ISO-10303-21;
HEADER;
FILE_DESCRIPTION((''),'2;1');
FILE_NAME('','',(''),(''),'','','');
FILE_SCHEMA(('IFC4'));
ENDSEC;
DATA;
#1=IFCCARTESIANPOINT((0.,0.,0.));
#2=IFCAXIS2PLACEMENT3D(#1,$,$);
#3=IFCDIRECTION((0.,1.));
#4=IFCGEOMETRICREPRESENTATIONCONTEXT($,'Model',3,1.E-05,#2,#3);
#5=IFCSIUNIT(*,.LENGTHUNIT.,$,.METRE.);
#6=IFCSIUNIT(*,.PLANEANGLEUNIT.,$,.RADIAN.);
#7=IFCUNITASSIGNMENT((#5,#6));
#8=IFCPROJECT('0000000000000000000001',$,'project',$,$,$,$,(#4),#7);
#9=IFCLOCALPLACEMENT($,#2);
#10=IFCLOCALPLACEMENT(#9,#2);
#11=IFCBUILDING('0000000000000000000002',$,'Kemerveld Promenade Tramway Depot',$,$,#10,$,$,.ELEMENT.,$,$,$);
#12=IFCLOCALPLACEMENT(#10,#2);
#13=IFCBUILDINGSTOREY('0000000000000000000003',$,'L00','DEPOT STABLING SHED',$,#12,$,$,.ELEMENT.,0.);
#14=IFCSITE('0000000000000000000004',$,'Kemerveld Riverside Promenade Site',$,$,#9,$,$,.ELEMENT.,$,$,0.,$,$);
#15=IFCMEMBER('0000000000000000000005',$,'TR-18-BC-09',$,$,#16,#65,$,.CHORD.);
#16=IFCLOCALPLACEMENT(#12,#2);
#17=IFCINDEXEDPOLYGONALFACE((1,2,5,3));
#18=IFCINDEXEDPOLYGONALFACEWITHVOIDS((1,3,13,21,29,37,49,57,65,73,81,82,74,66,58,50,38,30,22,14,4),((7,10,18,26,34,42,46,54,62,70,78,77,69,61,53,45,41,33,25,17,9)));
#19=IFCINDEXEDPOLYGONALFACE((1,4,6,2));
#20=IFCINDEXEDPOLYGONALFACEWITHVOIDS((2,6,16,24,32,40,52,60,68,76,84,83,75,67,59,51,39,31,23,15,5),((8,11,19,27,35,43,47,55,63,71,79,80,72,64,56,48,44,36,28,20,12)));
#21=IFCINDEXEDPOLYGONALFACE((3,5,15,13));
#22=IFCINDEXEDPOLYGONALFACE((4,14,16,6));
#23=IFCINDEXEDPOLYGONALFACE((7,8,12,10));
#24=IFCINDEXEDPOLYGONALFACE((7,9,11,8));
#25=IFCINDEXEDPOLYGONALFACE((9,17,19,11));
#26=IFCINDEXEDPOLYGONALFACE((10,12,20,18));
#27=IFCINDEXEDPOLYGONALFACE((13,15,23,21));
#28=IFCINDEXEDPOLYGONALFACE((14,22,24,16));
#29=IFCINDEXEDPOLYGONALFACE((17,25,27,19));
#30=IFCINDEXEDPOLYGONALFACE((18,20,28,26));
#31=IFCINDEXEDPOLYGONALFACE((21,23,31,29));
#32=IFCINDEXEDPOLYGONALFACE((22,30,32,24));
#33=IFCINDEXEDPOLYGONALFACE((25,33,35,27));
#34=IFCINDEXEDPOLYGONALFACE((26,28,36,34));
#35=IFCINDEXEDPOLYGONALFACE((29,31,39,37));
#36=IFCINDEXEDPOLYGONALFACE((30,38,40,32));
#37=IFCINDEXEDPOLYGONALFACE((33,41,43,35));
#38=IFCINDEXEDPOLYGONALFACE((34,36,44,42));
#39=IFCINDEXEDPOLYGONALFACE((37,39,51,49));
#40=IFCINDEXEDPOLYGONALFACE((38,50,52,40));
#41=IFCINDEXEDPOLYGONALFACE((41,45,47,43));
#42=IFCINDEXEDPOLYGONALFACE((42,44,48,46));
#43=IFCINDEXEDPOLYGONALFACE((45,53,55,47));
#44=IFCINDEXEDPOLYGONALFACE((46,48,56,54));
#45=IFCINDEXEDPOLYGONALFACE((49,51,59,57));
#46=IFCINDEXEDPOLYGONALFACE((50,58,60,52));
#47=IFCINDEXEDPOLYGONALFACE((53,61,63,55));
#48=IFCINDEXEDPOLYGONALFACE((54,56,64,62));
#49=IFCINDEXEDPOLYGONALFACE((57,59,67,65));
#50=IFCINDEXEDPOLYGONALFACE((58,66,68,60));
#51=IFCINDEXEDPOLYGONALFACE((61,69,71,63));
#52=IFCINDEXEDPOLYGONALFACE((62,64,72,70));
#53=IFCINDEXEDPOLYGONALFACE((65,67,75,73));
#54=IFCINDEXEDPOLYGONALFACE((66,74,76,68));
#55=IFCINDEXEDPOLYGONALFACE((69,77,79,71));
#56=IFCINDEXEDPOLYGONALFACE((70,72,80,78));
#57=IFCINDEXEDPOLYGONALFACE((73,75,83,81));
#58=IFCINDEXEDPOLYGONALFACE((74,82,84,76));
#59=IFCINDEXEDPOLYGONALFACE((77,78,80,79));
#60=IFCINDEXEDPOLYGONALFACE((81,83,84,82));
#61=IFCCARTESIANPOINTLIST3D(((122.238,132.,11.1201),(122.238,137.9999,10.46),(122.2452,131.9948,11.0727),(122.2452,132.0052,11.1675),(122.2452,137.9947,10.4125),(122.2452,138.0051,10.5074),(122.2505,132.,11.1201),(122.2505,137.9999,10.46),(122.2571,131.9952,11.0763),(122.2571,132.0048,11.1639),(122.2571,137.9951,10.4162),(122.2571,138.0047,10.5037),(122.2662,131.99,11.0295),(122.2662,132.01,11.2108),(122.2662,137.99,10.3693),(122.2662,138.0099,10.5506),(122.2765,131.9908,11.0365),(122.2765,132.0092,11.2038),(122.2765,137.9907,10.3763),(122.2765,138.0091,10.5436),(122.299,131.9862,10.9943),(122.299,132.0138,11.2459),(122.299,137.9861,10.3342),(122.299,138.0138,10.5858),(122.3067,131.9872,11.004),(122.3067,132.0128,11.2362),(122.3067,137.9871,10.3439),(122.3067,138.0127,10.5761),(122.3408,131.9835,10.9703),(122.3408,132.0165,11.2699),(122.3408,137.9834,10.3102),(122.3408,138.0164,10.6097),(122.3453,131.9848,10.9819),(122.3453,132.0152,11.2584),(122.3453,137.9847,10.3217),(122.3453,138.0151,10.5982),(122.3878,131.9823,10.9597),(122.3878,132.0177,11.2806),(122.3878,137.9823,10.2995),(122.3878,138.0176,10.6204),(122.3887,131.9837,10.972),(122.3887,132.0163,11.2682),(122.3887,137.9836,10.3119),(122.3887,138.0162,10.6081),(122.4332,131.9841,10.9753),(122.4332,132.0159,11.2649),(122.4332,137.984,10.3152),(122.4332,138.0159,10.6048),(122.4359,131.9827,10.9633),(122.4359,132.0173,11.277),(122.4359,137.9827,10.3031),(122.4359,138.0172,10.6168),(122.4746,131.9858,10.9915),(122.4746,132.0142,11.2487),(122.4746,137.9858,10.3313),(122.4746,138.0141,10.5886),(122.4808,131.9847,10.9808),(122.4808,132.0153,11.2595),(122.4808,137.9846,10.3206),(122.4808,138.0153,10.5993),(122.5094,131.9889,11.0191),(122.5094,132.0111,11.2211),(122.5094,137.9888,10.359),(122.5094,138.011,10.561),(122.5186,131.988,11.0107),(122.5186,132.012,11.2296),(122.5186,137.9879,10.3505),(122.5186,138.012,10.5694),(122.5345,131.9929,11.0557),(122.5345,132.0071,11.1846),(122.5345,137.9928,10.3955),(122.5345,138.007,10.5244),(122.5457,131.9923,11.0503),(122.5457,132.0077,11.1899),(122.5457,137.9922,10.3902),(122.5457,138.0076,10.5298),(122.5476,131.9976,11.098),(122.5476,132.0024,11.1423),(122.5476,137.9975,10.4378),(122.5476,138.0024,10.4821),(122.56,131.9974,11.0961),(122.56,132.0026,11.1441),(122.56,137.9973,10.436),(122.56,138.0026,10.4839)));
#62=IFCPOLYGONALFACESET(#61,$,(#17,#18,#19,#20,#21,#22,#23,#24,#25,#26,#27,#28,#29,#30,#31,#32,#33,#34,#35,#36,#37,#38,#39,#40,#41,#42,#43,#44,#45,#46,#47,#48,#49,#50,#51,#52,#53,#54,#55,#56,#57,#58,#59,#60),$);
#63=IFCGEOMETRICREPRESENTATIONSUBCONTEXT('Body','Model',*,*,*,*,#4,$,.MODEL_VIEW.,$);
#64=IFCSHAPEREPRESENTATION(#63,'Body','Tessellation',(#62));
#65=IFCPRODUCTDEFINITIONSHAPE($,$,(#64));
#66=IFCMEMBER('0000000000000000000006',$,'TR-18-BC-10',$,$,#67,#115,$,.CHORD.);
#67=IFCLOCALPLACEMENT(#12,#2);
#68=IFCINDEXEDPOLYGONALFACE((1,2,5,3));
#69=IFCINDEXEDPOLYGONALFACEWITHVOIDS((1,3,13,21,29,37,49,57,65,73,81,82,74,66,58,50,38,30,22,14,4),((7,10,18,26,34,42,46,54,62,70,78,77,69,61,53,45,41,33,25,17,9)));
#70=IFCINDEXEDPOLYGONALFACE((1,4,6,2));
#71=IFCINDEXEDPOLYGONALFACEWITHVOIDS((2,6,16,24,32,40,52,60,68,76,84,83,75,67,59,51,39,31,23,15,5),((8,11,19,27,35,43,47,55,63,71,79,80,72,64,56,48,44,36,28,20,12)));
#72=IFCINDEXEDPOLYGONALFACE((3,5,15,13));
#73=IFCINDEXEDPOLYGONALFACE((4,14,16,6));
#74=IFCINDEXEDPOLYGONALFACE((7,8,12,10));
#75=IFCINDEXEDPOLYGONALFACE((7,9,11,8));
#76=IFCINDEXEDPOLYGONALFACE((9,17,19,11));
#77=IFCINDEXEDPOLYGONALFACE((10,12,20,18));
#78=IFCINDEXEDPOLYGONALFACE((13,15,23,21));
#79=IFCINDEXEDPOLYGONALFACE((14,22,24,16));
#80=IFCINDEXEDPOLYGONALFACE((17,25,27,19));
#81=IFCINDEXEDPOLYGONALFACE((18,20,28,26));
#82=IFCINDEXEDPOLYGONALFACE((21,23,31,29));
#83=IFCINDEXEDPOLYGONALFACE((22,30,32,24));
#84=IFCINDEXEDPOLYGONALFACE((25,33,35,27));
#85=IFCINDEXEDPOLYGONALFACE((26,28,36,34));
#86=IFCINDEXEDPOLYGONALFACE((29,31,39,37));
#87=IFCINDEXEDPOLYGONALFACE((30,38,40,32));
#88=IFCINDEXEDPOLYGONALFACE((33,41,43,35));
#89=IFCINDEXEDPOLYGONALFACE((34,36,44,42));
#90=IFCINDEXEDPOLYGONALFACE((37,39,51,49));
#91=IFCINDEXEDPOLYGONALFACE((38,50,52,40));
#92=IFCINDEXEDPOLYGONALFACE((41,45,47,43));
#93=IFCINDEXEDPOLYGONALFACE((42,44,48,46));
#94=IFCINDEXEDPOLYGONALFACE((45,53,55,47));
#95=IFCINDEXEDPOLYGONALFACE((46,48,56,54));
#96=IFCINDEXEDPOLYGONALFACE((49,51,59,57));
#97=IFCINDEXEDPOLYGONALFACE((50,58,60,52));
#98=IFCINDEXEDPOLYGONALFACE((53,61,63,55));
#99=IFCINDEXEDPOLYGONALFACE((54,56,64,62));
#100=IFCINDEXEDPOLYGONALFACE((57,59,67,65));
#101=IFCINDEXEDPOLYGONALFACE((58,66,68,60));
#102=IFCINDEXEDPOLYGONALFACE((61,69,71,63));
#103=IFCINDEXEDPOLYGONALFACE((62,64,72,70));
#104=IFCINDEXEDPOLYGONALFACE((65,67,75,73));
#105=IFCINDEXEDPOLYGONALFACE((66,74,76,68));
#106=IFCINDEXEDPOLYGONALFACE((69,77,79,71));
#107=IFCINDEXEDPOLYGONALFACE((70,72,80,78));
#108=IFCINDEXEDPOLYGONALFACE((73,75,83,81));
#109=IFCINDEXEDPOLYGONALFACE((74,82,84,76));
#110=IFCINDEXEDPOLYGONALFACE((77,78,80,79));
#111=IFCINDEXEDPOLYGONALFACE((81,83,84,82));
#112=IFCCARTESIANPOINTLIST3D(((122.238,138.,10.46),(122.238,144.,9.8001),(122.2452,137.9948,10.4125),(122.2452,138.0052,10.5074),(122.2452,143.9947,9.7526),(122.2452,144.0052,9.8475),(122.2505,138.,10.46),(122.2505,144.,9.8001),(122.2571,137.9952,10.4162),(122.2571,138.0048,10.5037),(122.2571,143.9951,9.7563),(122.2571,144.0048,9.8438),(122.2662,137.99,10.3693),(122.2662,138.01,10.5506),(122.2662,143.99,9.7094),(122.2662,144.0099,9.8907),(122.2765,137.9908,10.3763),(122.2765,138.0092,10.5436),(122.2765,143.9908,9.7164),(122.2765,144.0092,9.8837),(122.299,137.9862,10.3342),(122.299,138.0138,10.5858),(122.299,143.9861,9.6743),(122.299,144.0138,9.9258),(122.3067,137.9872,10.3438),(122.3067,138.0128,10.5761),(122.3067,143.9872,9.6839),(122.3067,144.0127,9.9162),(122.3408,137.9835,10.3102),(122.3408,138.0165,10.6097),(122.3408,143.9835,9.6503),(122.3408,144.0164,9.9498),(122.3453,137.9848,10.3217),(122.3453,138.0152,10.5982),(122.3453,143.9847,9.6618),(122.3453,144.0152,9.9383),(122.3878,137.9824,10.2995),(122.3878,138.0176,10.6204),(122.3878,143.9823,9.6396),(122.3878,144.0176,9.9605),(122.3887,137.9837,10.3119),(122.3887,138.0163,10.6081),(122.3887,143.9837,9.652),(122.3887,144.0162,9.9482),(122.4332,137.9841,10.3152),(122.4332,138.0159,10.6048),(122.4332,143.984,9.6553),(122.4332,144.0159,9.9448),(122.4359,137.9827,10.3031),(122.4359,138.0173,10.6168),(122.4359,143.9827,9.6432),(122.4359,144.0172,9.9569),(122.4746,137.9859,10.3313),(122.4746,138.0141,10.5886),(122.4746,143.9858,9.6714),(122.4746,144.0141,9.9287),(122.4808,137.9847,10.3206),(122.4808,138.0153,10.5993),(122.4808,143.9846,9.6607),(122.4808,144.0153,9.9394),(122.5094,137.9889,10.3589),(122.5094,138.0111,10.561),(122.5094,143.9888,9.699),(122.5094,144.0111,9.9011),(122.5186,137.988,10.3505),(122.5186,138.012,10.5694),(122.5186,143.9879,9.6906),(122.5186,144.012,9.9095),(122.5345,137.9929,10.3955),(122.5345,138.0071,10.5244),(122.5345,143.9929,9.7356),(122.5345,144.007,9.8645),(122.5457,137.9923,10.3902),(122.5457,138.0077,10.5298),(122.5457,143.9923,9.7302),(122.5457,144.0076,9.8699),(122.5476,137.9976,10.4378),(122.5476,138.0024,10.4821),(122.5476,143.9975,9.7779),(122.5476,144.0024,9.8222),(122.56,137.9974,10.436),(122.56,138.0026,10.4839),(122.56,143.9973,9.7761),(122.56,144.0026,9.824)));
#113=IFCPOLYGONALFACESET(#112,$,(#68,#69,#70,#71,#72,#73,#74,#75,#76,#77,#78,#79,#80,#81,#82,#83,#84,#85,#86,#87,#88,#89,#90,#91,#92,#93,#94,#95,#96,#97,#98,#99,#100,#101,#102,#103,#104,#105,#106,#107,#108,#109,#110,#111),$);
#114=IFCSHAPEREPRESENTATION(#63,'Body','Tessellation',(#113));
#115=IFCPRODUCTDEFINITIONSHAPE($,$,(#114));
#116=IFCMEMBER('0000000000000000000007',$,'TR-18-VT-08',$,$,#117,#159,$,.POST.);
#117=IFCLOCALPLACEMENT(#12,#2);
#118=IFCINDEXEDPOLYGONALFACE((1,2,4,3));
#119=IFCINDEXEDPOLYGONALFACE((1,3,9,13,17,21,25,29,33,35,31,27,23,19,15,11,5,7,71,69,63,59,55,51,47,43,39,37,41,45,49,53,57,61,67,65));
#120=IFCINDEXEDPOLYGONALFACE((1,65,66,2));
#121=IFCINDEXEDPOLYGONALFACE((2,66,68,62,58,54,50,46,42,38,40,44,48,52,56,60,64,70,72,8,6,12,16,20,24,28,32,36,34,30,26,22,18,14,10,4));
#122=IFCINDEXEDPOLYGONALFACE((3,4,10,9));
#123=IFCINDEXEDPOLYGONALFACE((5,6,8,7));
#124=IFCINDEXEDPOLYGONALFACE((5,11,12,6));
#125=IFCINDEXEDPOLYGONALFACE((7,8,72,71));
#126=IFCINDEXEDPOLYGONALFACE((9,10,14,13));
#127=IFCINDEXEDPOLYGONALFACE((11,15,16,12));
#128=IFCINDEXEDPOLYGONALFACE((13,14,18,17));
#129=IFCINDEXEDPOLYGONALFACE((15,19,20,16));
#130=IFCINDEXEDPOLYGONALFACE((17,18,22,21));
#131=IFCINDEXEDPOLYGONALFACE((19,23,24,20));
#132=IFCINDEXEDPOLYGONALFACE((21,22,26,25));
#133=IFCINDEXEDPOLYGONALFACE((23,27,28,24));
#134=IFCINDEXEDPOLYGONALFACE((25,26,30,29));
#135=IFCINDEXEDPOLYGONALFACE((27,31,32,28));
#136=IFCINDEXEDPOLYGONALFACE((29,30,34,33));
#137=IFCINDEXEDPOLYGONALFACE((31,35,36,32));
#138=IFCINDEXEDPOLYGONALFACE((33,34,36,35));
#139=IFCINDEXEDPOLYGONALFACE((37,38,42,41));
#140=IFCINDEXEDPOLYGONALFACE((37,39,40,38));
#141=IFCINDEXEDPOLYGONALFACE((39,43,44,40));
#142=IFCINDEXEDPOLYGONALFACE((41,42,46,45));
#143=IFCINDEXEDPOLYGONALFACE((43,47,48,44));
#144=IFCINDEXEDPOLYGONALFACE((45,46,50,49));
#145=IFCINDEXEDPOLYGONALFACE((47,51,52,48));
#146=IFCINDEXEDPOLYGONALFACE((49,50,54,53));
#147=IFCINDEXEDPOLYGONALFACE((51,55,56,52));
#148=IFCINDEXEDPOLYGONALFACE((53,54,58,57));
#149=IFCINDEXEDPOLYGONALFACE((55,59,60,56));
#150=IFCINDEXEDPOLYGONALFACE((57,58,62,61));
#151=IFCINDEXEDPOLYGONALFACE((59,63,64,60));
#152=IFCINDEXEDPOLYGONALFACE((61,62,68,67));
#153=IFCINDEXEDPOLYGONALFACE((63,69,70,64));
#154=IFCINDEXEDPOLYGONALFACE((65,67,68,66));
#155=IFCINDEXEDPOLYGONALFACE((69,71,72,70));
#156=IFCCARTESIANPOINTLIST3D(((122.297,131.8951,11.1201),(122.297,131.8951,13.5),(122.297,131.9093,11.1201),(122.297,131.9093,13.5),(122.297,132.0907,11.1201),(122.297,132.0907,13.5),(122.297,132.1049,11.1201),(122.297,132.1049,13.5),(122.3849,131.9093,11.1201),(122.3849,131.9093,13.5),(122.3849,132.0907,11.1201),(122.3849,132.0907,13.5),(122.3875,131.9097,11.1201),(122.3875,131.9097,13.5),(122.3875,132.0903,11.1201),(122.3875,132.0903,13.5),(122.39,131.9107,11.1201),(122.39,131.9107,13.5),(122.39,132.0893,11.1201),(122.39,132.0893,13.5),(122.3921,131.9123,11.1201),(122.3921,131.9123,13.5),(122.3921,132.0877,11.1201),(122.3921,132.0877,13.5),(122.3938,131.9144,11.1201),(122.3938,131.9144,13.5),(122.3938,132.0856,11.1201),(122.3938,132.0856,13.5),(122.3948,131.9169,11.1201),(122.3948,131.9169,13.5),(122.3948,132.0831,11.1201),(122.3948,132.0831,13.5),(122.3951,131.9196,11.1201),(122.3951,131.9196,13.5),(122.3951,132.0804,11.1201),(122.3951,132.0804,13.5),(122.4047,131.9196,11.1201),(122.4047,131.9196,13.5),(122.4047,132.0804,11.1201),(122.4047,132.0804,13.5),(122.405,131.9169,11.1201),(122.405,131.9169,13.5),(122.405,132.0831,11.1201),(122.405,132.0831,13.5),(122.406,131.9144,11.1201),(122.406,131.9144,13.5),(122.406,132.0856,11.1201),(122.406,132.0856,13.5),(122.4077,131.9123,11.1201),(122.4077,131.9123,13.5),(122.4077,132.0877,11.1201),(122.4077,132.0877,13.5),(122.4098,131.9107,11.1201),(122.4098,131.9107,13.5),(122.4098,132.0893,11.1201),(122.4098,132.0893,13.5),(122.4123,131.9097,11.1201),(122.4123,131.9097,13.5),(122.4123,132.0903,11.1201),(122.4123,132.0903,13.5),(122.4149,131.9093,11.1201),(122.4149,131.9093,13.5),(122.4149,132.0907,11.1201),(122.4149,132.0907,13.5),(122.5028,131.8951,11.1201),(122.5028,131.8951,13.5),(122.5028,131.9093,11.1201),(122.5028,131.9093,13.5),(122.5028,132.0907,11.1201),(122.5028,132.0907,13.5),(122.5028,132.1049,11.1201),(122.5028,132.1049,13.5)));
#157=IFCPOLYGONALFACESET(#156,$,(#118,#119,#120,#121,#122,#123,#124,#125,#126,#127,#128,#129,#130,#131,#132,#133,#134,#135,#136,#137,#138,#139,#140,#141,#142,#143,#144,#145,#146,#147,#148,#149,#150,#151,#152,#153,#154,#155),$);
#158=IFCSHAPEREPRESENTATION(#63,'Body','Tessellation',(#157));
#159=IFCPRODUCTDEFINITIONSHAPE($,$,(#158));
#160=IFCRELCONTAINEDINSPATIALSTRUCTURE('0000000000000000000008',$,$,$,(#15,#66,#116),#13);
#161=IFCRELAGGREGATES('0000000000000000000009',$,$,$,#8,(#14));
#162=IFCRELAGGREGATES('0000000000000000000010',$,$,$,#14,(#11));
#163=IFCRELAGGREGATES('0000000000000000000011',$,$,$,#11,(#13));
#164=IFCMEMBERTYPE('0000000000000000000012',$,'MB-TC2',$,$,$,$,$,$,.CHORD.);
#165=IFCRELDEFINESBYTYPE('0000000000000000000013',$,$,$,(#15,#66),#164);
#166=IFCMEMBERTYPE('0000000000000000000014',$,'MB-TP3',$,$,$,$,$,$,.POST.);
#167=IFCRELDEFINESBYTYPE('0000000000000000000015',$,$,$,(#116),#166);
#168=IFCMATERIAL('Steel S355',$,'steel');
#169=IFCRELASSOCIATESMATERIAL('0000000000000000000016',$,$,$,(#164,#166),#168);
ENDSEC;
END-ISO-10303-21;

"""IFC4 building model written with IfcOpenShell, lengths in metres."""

from ifc_helpers import new_model, si_unit, direction, frame, origin, origin_2d, place, context, subcontext, project, spatial, hollow_circle, i_section, extrude, material, material_profile, profile_set, type_object, element, save


model = new_model("IFC4")

# Units and contexts
model_context = context("Model", 3, precision=1e-05, world=origin(), true_north=direction((0.0, 1.0)))
body_context = subcontext(model_context, "Body", "Model", "MODEL_VIEW")
ifc_project = project(units=[si_unit("LENGTHUNIT", "METRE"), si_unit("PLANEANGLEUNIT", "RADIAN")], contexts=[model_context])

# Site, building, storey
site_placement = place(None, origin())
site = spatial("IfcSite", under=ifc_project, at=site_placement, Name="Kemerveld Riverside Promenade Site", CompositionType="ELEMENT", RefElevation=0.0)
building_placement = place(site_placement, origin())
building = spatial("IfcBuilding", under=site, at=building_placement, Name="Kemerveld Promenade Tramway Depot", CompositionType="ELEMENT")
storey_placement = place(building_placement, origin())
storey = spatial("IfcBuildingStorey", under=building, at=storey_placement, Name="L00", Description="DEPOT STABLING SHED", CompositionType="ELEMENT", Elevation=0.0)

# Shared definitions
ifc_material_1 = material(Name="Steel S355", Category="steel")

# Members
ifc_material_profile_1 = material_profile(ifc_material_1, hollow_circle(Radius=0.1619, WallThickness=0.0125, at=origin_2d()), Name="323.9x12.5 CHS")
ifc_profile_set_1 = profile_set([ifc_material_profile_1], Name="Steel S355")
member_type_1 = type_object("IfcMemberType", Name="MB-TC2", PredefinedType="CHORD", material=ifc_profile_set_1)
for number, where, z_axis, x_axis, name in (
    (1, (122.3999, 132.0, 11.1201), (0.0, 0.994002, -0.109366), (-1.0, 0.0, 0.0), "TR-18-BC-09"),
    (2, (122.3999, 138.0, 10.46), (0.0, 0.994006, -0.109326), (-1.0, 0.0, 0.0), "TR-18-BC-10"),
):
    element("IfcMember", number, at=place(storey_placement, frame(where, z_axis=z_axis, x_axis=x_axis)), inside=storey, type_object=member_type_1, Name=name, PredefinedType="CHORD", context=body_context, shape_type="SweptSolid", body=[
        extrude(hollow_circle(Radius=0.1619, WallThickness=0.0125, at=origin_2d()), origin(), (0.0, 0.0, 1.0), 6.0361),
    ])
ifc_material_profile_2 = material_profile(ifc_material_1, i_section(OverallWidth=0.2058, OverallDepth=0.2097, WebThickness=0.0095, FlangeThickness=0.0142, FilletRadius=0.0103, at=origin_2d()), Name="203x203x60 UC")
ifc_profile_set_2 = profile_set([ifc_material_profile_2], Name="Steel S355")
member_type_2 = type_object("IfcMemberType", Name="MB-TP3", PredefinedType="POST", material=ifc_profile_set_2)
member_1_placement = place(storey_placement, frame((122.3999, 132.0, 11.1201), z_axis=(0.0, 0.0, 1.0), x_axis=(1.0, 0.0, 0.0)))
element("IfcMember", 3, at=member_1_placement, inside=storey, type_object=member_type_2, Name="TR-18-VT-08", PredefinedType="POST", context=body_context, shape_type="SweptSolid", body=[
    extrude(i_section(OverallWidth=0.2058, OverallDepth=0.2097, WebThickness=0.0095, FlangeThickness=0.0142, FilletRadius=0.0103, at=origin_2d()), origin(), (0.0, 0.0, 1.0), 2.3799),
])

save(model, "model.ifc")
